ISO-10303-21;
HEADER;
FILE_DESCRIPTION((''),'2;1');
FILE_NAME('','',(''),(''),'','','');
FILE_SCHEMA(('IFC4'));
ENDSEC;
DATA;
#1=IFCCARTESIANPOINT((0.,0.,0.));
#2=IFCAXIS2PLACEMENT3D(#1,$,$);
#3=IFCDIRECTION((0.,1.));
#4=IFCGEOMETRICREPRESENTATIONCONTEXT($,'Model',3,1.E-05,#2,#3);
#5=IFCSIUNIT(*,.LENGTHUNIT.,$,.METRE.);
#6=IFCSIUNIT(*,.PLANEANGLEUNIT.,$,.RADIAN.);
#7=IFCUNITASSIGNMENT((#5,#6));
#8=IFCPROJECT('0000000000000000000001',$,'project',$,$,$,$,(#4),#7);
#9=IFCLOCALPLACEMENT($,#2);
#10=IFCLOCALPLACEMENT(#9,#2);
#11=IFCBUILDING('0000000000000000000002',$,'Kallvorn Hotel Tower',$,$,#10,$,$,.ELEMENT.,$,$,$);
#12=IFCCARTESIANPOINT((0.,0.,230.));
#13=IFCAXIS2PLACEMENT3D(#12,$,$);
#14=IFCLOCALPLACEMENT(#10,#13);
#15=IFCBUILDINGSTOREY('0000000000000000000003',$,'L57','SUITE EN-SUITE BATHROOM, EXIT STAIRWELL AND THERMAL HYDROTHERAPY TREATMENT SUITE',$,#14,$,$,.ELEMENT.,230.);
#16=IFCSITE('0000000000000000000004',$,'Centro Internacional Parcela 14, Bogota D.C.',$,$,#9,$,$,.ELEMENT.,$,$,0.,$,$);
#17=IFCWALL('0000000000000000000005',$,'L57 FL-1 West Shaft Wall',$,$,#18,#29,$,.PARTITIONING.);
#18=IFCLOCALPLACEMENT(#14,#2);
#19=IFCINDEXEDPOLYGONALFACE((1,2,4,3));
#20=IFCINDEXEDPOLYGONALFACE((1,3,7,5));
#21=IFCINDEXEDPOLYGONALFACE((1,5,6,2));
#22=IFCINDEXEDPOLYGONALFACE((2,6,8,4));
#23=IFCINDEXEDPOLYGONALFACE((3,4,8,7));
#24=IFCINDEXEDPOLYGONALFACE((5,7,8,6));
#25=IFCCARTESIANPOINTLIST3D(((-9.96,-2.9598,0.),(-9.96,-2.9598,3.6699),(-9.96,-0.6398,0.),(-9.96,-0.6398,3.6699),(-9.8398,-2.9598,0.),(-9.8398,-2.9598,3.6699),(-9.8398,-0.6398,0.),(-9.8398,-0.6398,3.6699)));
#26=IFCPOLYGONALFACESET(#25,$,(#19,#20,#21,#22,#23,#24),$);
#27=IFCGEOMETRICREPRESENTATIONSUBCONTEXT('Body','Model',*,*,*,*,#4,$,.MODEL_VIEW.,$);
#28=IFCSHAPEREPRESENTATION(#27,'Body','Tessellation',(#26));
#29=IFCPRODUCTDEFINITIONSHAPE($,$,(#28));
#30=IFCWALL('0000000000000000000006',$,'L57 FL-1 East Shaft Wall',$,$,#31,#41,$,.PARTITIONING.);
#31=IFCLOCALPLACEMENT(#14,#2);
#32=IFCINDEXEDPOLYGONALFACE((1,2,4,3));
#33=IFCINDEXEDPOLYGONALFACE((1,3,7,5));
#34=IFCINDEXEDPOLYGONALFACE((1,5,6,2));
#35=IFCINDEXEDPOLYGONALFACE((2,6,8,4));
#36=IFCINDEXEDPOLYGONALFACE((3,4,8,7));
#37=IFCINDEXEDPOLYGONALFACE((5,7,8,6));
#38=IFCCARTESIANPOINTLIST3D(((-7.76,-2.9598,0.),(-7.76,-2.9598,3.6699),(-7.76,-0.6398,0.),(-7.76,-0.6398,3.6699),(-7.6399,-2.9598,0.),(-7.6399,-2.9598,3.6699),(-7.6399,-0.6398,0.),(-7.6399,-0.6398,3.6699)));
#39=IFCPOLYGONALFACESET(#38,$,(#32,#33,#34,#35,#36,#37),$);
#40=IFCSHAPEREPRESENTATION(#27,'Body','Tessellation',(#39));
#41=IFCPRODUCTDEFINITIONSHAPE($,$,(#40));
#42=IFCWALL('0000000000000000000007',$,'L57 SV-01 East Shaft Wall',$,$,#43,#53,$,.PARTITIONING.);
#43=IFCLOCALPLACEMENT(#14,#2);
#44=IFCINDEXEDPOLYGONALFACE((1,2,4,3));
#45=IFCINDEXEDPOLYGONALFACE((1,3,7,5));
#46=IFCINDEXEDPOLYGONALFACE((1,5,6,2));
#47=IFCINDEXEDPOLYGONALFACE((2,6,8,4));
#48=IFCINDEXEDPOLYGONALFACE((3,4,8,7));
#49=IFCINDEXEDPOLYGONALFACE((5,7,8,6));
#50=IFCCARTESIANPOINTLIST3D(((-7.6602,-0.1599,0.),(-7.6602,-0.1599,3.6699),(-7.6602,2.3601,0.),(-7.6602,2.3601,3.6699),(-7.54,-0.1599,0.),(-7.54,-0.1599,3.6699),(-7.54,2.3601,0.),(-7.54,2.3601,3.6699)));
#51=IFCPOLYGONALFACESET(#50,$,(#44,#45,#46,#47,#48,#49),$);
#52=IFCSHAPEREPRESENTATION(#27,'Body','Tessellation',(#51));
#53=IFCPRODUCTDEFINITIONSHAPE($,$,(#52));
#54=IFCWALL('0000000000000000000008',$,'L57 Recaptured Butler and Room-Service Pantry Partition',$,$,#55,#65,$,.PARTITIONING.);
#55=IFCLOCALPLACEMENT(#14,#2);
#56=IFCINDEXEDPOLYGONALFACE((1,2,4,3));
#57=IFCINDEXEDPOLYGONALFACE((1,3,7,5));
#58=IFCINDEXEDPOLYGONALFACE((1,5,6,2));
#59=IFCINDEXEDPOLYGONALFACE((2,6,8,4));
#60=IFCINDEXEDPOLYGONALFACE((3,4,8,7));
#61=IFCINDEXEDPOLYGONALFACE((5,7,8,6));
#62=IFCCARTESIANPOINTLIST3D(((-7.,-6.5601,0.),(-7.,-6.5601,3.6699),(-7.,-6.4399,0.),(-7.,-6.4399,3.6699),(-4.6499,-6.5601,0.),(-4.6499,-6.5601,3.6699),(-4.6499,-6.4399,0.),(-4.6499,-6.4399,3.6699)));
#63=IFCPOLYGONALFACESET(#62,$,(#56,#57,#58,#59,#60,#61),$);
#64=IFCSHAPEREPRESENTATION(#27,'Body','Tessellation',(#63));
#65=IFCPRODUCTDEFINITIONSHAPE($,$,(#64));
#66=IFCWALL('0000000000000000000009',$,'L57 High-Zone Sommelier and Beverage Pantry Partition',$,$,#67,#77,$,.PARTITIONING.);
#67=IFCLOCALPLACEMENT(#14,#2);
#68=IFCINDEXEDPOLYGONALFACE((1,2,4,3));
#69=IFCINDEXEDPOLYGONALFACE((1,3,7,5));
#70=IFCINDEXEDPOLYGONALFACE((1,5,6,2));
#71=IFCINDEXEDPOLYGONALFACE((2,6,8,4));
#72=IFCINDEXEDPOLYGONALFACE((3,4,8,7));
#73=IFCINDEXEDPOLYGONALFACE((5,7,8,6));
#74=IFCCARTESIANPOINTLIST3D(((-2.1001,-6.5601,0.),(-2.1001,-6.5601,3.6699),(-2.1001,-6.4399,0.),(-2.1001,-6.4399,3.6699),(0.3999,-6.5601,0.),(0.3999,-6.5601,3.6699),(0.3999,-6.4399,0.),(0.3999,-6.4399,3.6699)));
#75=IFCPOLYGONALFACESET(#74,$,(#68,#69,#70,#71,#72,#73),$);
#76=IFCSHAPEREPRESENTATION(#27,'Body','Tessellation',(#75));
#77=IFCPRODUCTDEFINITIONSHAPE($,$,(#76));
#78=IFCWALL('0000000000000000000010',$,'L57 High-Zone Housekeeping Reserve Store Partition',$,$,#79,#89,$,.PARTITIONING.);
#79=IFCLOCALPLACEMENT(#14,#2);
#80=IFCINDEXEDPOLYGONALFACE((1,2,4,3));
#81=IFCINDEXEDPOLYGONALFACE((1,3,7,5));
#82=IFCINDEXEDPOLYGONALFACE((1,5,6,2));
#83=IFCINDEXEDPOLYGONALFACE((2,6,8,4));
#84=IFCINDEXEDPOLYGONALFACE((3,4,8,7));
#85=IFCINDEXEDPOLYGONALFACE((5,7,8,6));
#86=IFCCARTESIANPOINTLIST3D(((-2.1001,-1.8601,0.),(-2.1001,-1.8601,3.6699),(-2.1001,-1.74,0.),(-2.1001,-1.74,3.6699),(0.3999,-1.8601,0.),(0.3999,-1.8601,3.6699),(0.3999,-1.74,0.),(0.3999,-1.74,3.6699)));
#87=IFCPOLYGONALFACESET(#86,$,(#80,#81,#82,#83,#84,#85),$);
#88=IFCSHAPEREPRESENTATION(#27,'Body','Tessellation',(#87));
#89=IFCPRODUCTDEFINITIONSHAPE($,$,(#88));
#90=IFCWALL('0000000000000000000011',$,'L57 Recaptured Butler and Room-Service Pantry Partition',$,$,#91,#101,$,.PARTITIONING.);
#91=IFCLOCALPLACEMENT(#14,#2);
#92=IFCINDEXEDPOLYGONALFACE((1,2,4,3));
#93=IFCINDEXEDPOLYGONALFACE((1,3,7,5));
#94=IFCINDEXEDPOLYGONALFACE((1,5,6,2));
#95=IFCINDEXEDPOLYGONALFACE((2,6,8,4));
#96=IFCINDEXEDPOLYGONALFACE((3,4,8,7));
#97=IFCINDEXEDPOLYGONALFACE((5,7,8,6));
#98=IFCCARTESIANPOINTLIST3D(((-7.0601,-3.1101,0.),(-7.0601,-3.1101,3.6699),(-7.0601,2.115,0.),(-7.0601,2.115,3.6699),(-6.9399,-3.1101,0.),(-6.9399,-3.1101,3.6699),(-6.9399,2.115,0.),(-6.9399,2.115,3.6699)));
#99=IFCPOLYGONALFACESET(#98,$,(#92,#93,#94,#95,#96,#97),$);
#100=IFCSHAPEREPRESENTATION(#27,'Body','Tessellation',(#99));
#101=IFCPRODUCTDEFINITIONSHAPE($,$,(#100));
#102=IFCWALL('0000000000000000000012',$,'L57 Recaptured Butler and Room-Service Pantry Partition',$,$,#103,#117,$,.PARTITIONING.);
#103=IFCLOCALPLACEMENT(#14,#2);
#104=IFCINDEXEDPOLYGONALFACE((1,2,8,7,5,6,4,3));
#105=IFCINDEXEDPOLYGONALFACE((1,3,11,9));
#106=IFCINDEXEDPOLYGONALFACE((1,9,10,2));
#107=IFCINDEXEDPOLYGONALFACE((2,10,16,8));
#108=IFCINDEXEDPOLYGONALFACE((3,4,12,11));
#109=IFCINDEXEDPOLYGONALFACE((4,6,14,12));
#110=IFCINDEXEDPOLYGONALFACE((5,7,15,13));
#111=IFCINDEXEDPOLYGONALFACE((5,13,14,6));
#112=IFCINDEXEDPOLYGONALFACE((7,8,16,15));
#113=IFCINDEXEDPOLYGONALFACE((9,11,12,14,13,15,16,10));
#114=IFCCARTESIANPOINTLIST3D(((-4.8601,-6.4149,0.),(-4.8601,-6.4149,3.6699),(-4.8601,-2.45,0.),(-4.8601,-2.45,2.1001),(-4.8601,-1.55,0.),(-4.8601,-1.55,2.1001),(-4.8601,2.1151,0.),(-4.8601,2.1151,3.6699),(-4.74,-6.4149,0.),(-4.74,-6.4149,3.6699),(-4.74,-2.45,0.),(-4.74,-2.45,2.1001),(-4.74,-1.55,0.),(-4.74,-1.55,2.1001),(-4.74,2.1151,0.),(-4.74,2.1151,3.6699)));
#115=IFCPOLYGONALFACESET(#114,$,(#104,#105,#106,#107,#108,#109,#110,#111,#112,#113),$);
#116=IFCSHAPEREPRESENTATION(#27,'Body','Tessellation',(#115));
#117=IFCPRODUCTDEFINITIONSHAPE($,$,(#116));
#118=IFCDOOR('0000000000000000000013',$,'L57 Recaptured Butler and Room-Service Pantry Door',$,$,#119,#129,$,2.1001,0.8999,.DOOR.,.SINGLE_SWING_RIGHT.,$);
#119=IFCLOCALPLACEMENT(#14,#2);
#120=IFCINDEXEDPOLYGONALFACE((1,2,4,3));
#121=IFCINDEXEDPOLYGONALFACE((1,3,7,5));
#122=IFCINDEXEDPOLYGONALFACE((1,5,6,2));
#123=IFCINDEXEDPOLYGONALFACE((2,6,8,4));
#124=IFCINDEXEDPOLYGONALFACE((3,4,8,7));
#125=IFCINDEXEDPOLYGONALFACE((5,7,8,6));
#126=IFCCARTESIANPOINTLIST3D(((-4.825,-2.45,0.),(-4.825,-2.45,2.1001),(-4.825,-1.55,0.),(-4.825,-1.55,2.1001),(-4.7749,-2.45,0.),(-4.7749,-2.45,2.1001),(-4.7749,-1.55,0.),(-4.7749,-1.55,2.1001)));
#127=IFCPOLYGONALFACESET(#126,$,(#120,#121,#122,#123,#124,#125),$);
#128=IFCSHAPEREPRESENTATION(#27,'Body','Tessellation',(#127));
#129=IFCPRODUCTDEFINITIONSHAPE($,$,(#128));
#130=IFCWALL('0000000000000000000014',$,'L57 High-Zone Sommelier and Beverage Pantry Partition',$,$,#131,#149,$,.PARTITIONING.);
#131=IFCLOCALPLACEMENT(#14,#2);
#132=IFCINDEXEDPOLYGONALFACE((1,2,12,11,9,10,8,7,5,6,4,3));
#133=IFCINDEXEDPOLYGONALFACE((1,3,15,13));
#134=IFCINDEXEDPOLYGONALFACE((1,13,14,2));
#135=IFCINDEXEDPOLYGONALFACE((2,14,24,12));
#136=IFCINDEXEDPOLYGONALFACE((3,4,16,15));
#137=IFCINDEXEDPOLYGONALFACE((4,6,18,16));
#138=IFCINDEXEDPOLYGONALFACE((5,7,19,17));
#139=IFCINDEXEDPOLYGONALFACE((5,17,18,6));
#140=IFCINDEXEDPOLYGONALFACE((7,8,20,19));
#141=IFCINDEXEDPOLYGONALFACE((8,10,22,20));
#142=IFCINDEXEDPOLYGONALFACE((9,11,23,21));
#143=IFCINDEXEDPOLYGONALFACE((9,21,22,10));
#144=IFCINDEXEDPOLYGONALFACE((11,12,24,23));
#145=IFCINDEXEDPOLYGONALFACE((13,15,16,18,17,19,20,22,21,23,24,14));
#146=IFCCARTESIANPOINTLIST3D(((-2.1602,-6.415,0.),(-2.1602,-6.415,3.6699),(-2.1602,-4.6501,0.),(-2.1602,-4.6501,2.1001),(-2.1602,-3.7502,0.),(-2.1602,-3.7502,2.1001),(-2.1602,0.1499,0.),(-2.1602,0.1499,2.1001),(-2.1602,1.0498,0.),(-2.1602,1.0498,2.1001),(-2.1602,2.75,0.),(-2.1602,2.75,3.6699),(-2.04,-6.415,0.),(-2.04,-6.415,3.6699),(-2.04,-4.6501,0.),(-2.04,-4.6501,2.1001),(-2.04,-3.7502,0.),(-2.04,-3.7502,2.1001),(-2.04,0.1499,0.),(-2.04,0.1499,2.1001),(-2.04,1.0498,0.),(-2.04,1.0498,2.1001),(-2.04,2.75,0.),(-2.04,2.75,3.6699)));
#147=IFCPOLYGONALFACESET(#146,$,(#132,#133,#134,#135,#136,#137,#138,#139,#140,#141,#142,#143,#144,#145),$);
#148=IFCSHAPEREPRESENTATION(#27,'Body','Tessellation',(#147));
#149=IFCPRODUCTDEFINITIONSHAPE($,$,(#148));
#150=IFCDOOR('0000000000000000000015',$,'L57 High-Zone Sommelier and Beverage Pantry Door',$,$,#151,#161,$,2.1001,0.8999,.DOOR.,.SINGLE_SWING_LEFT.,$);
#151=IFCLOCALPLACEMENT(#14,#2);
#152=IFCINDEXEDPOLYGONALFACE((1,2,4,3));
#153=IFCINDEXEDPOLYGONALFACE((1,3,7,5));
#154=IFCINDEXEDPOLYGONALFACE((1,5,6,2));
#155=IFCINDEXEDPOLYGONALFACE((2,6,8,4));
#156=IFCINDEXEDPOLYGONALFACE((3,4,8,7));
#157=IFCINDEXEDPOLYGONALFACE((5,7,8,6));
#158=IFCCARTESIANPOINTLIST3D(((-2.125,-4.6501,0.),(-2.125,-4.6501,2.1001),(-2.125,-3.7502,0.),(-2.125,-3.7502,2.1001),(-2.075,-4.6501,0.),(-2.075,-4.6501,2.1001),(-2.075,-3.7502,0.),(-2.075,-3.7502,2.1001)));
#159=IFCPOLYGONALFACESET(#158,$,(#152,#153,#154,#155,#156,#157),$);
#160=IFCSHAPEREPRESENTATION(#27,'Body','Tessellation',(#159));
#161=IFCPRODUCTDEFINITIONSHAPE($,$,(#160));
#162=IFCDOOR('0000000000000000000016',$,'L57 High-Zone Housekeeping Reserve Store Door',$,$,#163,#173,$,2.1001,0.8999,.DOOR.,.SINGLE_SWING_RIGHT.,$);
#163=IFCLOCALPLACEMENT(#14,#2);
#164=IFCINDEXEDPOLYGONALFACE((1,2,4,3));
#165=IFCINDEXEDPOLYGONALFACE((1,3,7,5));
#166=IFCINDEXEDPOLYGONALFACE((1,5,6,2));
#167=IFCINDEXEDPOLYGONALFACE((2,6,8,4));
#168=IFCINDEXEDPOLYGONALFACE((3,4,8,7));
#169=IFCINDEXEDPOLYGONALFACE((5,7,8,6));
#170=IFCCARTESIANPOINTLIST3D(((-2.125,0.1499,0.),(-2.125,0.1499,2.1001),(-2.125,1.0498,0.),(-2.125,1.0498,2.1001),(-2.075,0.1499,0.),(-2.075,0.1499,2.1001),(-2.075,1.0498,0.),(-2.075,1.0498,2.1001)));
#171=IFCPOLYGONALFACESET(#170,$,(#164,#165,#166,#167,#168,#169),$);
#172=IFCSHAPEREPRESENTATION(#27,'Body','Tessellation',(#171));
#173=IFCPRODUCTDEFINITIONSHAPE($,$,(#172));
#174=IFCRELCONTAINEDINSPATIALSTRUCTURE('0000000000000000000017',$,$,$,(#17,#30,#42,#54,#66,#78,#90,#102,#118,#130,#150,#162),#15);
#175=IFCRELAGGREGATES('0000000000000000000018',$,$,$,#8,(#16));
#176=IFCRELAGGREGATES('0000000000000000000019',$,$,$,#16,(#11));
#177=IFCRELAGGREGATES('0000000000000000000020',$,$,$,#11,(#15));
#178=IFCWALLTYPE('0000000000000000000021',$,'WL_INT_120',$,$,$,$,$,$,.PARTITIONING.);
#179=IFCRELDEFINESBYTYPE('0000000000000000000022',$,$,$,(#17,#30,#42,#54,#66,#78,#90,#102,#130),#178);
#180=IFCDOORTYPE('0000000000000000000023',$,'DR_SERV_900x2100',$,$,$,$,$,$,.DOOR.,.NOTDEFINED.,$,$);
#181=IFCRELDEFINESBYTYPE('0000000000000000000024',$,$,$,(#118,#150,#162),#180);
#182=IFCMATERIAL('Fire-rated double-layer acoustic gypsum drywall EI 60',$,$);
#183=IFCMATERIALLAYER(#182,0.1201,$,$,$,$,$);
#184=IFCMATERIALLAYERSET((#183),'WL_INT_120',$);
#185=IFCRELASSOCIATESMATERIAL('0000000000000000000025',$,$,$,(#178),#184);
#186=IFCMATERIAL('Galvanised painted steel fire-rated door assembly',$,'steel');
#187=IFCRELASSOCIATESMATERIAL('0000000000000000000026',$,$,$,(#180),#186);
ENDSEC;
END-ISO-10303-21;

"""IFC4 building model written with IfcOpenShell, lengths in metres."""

from ifc_helpers import new_model, si_unit, direction, frame, frame_2d, origin, place, context, subcontext, project, spatial, rectangle, extrude, material, layer, layer_set, type_object, element, fill, save


model = new_model("IFC4")

# Units and contexts
model_context = context("Model", 3, precision=1e-05, world=origin(), true_north=direction((0.0, 1.0)))
body_context = subcontext(model_context, "Body", "Model", "MODEL_VIEW")
ifc_project = project(units=[si_unit("LENGTHUNIT", "METRE"), si_unit("PLANEANGLEUNIT", "RADIAN")], contexts=[model_context])

# Site, building, storey
site_placement = place(None, origin())
site = spatial("IfcSite", under=ifc_project, at=site_placement, Name="Centro Internacional Parcela 14, Bogota D.C.", CompositionType="ELEMENT", RefElevation=0.0)
building_placement = place(site_placement, origin())
building = spatial("IfcBuilding", under=site, at=building_placement, Name="Kallvorn Hotel Tower", CompositionType="ELEMENT")
storey_placement = place(building_placement, frame((0.0, 0.0, 230.0)))
storey = spatial("IfcBuildingStorey", under=building, at=storey_placement, Name="L57", Description="SUITE EN-SUITE BATHROOM, EXIT STAIRWELL AND THERMAL HYDROTHERAPY TREATMENT SUITE", CompositionType="ELEMENT", Elevation=230.0)

# Walls
ifc_material_1 = material(Name="Fire-rated double-layer acoustic gypsum drywall EI 60")
ifc_layer_1 = layer(ifc_material_1, 0.1201)
ifc_layer_set_1 = layer_set([ifc_layer_1], Name="WL_INT_120")
wall_type_1 = type_object("IfcWallType", Name="WL_INT_120", PredefinedType="PARTITIONING", material=ifc_layer_set_1)
for number, where, z_axis, x_axis, name in (
    (1, (-9.8999, -2.96, 0.0), (0.0, 0.0, 1.0), (0.0, 1.0, 0.0), "L57 FL-1 West Shaft Wall"),
    (2, (-7.7, -2.96, 0.0), (0.0, 0.0, 1.0), (0.0, 1.0, 0.0), "L57 FL-1 East Shaft Wall"),
):
    element("IfcWall", number, at=place(storey_placement, frame(where, z_axis=z_axis, x_axis=x_axis)), inside=storey, type_object=wall_type_1, Name=name, PredefinedType="PARTITIONING", context=body_context, shape_type="SweptSolid", body=[
        extrude(rectangle(XDim=2.3201, YDim=0.1201, at=frame_2d((1.1602, 0.0))), origin(), (0.0, 0.0, 1.0), 3.6699),
    ])
wall_1_placement = place(storey_placement, frame((-7.6001, -0.1599, 0.0), z_axis=(0.0, 0.0, 1.0), x_axis=(0.0, 1.0, 0.0)))
element("IfcWall", 3, at=wall_1_placement, inside=storey, type_object=wall_type_1, Name="L57 SV-01 East Shaft Wall", PredefinedType="PARTITIONING", context=body_context, shape_type="SweptSolid", body=[
    extrude(rectangle(XDim=2.52, YDim=0.1201, at=frame_2d((1.26, 0.0))), origin(), (0.0, 0.0, 1.0), 3.6699),
])
wall_2_placement = place(storey_placement, frame((-7.0, -6.5, 0.0), z_axis=(0.0, 0.0, 1.0), x_axis=(1.0, 0.0, 0.0)))
element("IfcWall", 4, at=wall_2_placement, inside=storey, type_object=wall_type_1, Name="L57 Recaptured Butler and Room-Service Pantry Partition", PredefinedType="PARTITIONING", context=body_context, shape_type="SweptSolid", body=[
    extrude(rectangle(XDim=2.3501, YDim=0.1201, at=frame_2d((1.175, 0.0))), origin(), (0.0, 0.0, 1.0), 3.6699),
])
for number, where, z_axis, x_axis, name in (
    (5, (-2.1001, -6.5, 0.0), (0.0, 0.0, 1.0), (1.0, 0.0, 0.0), "L57 High-Zone Sommelier and Beverage Pantry Partition"),
    (6, (-2.1001, -1.8, 0.0), (0.0, 0.0, 1.0), (1.0, 0.0, 0.0), "L57 High-Zone Housekeeping Reserve Store Partition"),
):
    element("IfcWall", number, at=place(storey_placement, frame(where, z_axis=z_axis, x_axis=x_axis)), inside=storey, type_object=wall_type_1, Name=name, PredefinedType="PARTITIONING", context=body_context, shape_type="SweptSolid", body=[
        extrude(rectangle(XDim=2.5, YDim=0.1201, at=frame_2d((1.25, 0.0))), origin(), (0.0, 0.0, 1.0), 3.6699),
    ])
wall_3_placement = place(storey_placement, frame((-7.0, -3.1101, 0.0), z_axis=(0.0, 0.0, 1.0), x_axis=(0.0, 1.0, 0.0)))
element("IfcWall", 7, at=wall_3_placement, inside=storey, type_object=wall_type_1, Name="L57 Recaptured Butler and Room-Service Pantry Partition", PredefinedType="PARTITIONING", context=body_context, shape_type="SweptSolid", body=[
    extrude(rectangle(XDim=5.2251, YDim=0.1201, at=frame_2d((2.6125, 0.0))), origin(), (0.0, 0.0, 1.0), 3.6699),
])

# Wall, opening, door
wall_4_placement = place(storey_placement, frame((-4.8, -6.415, 0.0), z_axis=(0.0, 0.0, 1.0), x_axis=(0.0, 1.0, 0.0)))
wall_4 = element("IfcWall", 8, at=wall_4_placement, inside=storey, type_object=wall_type_1, Name="L57 Recaptured Butler and Room-Service Pantry Partition", PredefinedType="PARTITIONING", context=body_context, shape_type="SweptSolid", body=[
    extrude(rectangle(XDim=8.53, YDim=0.1201, at=frame_2d((4.2651, 0.0))), origin(), (0.0, 0.0, 1.0), 3.6699),
])
opening_1_placement = place(wall_4_placement, frame((3.9651, 0.0, 0.0)))
opening_1 = element("IfcOpeningElement", 9, at=opening_1_placement, cuts=wall_4, PredefinedType="OPENING", context=body_context, shape_type="SweptSolid", body=[
    extrude(rectangle(XDim=0.8999, YDim=2.1001, at=frame_2d((0.45, 1.05))), frame((0.0, 0.075, 0.0), z_axis=(0.0, -1.0, 0.0), x_axis=(1.0, 0.0, 0.0)), (0.0, 0.0, 1.0), 0.1501),
])
ifc_material_2 = material(Name="Galvanised painted steel fire-rated door assembly", Category="steel")
door_type_1 = type_object("IfcDoorType", Name="DR_SERV_900x2100", OperationType="NOTDEFINED", PredefinedType="DOOR", material=ifc_material_2)
door_1_placement = place(opening_1_placement, origin())
door_1 = element("IfcDoor", 10, at=door_1_placement, inside=storey, type_object=door_type_1, Name="L57 Recaptured Butler and Room-Service Pantry Door", OperationType="SINGLE_SWING_RIGHT", OverallHeight=2.1001, OverallWidth=0.8999, PredefinedType="DOOR", context=body_context, shape_type="SweptSolid", body=[
    extrude(rectangle(XDim=0.8999, YDim=2.1001, at=frame_2d((0.45, 1.05))), frame((0.0, 0.0249, 0.0), z_axis=(0.0, -1.0, 0.0), x_axis=(1.0, 0.0, 0.0)), (0.0, 0.0, 1.0), 0.05),
])
fill(opening_1, door_1)

# Wall, openings, doors
wall_5_placement = place(storey_placement, frame((-2.1001, -6.415, 0.0), z_axis=(0.0, 0.0, 1.0), x_axis=(0.0, 1.0, 0.0)))
wall_5 = element("IfcWall", 11, at=wall_5_placement, inside=storey, type_object=wall_type_1, Name="L57 High-Zone Sommelier and Beverage Pantry Partition", PredefinedType="PARTITIONING", context=body_context, shape_type="SweptSolid", body=[
    extrude(rectangle(XDim=9.165, YDim=0.1201, at=frame_2d((4.5825, 0.0))), origin(), (0.0, 0.0, 1.0), 3.6699),
])
opening_2_placement = place(wall_5_placement, frame((1.7649, 0.0, 0.0)))
opening_2 = element("IfcOpeningElement", 12, at=opening_2_placement, cuts=wall_5, PredefinedType="OPENING", context=body_context, shape_type="SweptSolid", body=[
    extrude(rectangle(XDim=0.8999, YDim=2.1001, at=frame_2d((0.45, 1.05))), frame((0.0, 0.075, 0.0), z_axis=(0.0, -1.0, 0.0), x_axis=(1.0, 0.0, 0.0)), (0.0, 0.0, 1.0), 0.1501),
])
opening_3_placement = place(wall_5_placement, frame((6.5649, 0.0, 0.0)))
opening_3 = element("IfcOpeningElement", 13, at=opening_3_placement, cuts=wall_5, PredefinedType="OPENING", context=body_context, shape_type="SweptSolid", body=[
    extrude(rectangle(XDim=0.8999, YDim=2.1001, at=frame_2d((0.45, 1.05))), frame((0.0, 0.075, 0.0), z_axis=(0.0, -1.0, 0.0), x_axis=(1.0, 0.0, 0.0)), (0.0, 0.0, 1.0), 0.1501),
])
door_2_placement = place(opening_2_placement, origin())
door_2 = element("IfcDoor", 14, at=door_2_placement, inside=storey, type_object=door_type_1, Name="L57 High-Zone Sommelier and Beverage Pantry Door", OperationType="SINGLE_SWING_LEFT", OverallHeight=2.1001, OverallWidth=0.8999, PredefinedType="DOOR", context=body_context, shape_type="SweptSolid", body=[
    extrude(rectangle(XDim=0.8999, YDim=2.1001, at=frame_2d((0.45, 1.05))), frame((0.0, 0.0249, 0.0), z_axis=(0.0, -1.0, 0.0), x_axis=(1.0, 0.0, 0.0)), (0.0, 0.0, 1.0), 0.05),
])
fill(opening_2, door_2)
door_3_placement = place(opening_3_placement, origin())
door_3 = element("IfcDoor", 15, at=door_3_placement, inside=storey, type_object=door_type_1, Name="L57 High-Zone Housekeeping Reserve Store Door", OperationType="SINGLE_SWING_RIGHT", OverallHeight=2.1001, OverallWidth=0.8999, PredefinedType="DOOR", context=body_context, shape_type="SweptSolid", body=[
    extrude(rectangle(XDim=0.8999, YDim=2.1001, at=frame_2d((0.45, 1.05))), frame((0.0, 0.0249, 0.0), z_axis=(0.0, -1.0, 0.0), x_axis=(1.0, 0.0, 0.0)), (0.0, 0.0, 1.0), 0.05),
])
fill(opening_3, door_3)

save(model, "model.ifc")
